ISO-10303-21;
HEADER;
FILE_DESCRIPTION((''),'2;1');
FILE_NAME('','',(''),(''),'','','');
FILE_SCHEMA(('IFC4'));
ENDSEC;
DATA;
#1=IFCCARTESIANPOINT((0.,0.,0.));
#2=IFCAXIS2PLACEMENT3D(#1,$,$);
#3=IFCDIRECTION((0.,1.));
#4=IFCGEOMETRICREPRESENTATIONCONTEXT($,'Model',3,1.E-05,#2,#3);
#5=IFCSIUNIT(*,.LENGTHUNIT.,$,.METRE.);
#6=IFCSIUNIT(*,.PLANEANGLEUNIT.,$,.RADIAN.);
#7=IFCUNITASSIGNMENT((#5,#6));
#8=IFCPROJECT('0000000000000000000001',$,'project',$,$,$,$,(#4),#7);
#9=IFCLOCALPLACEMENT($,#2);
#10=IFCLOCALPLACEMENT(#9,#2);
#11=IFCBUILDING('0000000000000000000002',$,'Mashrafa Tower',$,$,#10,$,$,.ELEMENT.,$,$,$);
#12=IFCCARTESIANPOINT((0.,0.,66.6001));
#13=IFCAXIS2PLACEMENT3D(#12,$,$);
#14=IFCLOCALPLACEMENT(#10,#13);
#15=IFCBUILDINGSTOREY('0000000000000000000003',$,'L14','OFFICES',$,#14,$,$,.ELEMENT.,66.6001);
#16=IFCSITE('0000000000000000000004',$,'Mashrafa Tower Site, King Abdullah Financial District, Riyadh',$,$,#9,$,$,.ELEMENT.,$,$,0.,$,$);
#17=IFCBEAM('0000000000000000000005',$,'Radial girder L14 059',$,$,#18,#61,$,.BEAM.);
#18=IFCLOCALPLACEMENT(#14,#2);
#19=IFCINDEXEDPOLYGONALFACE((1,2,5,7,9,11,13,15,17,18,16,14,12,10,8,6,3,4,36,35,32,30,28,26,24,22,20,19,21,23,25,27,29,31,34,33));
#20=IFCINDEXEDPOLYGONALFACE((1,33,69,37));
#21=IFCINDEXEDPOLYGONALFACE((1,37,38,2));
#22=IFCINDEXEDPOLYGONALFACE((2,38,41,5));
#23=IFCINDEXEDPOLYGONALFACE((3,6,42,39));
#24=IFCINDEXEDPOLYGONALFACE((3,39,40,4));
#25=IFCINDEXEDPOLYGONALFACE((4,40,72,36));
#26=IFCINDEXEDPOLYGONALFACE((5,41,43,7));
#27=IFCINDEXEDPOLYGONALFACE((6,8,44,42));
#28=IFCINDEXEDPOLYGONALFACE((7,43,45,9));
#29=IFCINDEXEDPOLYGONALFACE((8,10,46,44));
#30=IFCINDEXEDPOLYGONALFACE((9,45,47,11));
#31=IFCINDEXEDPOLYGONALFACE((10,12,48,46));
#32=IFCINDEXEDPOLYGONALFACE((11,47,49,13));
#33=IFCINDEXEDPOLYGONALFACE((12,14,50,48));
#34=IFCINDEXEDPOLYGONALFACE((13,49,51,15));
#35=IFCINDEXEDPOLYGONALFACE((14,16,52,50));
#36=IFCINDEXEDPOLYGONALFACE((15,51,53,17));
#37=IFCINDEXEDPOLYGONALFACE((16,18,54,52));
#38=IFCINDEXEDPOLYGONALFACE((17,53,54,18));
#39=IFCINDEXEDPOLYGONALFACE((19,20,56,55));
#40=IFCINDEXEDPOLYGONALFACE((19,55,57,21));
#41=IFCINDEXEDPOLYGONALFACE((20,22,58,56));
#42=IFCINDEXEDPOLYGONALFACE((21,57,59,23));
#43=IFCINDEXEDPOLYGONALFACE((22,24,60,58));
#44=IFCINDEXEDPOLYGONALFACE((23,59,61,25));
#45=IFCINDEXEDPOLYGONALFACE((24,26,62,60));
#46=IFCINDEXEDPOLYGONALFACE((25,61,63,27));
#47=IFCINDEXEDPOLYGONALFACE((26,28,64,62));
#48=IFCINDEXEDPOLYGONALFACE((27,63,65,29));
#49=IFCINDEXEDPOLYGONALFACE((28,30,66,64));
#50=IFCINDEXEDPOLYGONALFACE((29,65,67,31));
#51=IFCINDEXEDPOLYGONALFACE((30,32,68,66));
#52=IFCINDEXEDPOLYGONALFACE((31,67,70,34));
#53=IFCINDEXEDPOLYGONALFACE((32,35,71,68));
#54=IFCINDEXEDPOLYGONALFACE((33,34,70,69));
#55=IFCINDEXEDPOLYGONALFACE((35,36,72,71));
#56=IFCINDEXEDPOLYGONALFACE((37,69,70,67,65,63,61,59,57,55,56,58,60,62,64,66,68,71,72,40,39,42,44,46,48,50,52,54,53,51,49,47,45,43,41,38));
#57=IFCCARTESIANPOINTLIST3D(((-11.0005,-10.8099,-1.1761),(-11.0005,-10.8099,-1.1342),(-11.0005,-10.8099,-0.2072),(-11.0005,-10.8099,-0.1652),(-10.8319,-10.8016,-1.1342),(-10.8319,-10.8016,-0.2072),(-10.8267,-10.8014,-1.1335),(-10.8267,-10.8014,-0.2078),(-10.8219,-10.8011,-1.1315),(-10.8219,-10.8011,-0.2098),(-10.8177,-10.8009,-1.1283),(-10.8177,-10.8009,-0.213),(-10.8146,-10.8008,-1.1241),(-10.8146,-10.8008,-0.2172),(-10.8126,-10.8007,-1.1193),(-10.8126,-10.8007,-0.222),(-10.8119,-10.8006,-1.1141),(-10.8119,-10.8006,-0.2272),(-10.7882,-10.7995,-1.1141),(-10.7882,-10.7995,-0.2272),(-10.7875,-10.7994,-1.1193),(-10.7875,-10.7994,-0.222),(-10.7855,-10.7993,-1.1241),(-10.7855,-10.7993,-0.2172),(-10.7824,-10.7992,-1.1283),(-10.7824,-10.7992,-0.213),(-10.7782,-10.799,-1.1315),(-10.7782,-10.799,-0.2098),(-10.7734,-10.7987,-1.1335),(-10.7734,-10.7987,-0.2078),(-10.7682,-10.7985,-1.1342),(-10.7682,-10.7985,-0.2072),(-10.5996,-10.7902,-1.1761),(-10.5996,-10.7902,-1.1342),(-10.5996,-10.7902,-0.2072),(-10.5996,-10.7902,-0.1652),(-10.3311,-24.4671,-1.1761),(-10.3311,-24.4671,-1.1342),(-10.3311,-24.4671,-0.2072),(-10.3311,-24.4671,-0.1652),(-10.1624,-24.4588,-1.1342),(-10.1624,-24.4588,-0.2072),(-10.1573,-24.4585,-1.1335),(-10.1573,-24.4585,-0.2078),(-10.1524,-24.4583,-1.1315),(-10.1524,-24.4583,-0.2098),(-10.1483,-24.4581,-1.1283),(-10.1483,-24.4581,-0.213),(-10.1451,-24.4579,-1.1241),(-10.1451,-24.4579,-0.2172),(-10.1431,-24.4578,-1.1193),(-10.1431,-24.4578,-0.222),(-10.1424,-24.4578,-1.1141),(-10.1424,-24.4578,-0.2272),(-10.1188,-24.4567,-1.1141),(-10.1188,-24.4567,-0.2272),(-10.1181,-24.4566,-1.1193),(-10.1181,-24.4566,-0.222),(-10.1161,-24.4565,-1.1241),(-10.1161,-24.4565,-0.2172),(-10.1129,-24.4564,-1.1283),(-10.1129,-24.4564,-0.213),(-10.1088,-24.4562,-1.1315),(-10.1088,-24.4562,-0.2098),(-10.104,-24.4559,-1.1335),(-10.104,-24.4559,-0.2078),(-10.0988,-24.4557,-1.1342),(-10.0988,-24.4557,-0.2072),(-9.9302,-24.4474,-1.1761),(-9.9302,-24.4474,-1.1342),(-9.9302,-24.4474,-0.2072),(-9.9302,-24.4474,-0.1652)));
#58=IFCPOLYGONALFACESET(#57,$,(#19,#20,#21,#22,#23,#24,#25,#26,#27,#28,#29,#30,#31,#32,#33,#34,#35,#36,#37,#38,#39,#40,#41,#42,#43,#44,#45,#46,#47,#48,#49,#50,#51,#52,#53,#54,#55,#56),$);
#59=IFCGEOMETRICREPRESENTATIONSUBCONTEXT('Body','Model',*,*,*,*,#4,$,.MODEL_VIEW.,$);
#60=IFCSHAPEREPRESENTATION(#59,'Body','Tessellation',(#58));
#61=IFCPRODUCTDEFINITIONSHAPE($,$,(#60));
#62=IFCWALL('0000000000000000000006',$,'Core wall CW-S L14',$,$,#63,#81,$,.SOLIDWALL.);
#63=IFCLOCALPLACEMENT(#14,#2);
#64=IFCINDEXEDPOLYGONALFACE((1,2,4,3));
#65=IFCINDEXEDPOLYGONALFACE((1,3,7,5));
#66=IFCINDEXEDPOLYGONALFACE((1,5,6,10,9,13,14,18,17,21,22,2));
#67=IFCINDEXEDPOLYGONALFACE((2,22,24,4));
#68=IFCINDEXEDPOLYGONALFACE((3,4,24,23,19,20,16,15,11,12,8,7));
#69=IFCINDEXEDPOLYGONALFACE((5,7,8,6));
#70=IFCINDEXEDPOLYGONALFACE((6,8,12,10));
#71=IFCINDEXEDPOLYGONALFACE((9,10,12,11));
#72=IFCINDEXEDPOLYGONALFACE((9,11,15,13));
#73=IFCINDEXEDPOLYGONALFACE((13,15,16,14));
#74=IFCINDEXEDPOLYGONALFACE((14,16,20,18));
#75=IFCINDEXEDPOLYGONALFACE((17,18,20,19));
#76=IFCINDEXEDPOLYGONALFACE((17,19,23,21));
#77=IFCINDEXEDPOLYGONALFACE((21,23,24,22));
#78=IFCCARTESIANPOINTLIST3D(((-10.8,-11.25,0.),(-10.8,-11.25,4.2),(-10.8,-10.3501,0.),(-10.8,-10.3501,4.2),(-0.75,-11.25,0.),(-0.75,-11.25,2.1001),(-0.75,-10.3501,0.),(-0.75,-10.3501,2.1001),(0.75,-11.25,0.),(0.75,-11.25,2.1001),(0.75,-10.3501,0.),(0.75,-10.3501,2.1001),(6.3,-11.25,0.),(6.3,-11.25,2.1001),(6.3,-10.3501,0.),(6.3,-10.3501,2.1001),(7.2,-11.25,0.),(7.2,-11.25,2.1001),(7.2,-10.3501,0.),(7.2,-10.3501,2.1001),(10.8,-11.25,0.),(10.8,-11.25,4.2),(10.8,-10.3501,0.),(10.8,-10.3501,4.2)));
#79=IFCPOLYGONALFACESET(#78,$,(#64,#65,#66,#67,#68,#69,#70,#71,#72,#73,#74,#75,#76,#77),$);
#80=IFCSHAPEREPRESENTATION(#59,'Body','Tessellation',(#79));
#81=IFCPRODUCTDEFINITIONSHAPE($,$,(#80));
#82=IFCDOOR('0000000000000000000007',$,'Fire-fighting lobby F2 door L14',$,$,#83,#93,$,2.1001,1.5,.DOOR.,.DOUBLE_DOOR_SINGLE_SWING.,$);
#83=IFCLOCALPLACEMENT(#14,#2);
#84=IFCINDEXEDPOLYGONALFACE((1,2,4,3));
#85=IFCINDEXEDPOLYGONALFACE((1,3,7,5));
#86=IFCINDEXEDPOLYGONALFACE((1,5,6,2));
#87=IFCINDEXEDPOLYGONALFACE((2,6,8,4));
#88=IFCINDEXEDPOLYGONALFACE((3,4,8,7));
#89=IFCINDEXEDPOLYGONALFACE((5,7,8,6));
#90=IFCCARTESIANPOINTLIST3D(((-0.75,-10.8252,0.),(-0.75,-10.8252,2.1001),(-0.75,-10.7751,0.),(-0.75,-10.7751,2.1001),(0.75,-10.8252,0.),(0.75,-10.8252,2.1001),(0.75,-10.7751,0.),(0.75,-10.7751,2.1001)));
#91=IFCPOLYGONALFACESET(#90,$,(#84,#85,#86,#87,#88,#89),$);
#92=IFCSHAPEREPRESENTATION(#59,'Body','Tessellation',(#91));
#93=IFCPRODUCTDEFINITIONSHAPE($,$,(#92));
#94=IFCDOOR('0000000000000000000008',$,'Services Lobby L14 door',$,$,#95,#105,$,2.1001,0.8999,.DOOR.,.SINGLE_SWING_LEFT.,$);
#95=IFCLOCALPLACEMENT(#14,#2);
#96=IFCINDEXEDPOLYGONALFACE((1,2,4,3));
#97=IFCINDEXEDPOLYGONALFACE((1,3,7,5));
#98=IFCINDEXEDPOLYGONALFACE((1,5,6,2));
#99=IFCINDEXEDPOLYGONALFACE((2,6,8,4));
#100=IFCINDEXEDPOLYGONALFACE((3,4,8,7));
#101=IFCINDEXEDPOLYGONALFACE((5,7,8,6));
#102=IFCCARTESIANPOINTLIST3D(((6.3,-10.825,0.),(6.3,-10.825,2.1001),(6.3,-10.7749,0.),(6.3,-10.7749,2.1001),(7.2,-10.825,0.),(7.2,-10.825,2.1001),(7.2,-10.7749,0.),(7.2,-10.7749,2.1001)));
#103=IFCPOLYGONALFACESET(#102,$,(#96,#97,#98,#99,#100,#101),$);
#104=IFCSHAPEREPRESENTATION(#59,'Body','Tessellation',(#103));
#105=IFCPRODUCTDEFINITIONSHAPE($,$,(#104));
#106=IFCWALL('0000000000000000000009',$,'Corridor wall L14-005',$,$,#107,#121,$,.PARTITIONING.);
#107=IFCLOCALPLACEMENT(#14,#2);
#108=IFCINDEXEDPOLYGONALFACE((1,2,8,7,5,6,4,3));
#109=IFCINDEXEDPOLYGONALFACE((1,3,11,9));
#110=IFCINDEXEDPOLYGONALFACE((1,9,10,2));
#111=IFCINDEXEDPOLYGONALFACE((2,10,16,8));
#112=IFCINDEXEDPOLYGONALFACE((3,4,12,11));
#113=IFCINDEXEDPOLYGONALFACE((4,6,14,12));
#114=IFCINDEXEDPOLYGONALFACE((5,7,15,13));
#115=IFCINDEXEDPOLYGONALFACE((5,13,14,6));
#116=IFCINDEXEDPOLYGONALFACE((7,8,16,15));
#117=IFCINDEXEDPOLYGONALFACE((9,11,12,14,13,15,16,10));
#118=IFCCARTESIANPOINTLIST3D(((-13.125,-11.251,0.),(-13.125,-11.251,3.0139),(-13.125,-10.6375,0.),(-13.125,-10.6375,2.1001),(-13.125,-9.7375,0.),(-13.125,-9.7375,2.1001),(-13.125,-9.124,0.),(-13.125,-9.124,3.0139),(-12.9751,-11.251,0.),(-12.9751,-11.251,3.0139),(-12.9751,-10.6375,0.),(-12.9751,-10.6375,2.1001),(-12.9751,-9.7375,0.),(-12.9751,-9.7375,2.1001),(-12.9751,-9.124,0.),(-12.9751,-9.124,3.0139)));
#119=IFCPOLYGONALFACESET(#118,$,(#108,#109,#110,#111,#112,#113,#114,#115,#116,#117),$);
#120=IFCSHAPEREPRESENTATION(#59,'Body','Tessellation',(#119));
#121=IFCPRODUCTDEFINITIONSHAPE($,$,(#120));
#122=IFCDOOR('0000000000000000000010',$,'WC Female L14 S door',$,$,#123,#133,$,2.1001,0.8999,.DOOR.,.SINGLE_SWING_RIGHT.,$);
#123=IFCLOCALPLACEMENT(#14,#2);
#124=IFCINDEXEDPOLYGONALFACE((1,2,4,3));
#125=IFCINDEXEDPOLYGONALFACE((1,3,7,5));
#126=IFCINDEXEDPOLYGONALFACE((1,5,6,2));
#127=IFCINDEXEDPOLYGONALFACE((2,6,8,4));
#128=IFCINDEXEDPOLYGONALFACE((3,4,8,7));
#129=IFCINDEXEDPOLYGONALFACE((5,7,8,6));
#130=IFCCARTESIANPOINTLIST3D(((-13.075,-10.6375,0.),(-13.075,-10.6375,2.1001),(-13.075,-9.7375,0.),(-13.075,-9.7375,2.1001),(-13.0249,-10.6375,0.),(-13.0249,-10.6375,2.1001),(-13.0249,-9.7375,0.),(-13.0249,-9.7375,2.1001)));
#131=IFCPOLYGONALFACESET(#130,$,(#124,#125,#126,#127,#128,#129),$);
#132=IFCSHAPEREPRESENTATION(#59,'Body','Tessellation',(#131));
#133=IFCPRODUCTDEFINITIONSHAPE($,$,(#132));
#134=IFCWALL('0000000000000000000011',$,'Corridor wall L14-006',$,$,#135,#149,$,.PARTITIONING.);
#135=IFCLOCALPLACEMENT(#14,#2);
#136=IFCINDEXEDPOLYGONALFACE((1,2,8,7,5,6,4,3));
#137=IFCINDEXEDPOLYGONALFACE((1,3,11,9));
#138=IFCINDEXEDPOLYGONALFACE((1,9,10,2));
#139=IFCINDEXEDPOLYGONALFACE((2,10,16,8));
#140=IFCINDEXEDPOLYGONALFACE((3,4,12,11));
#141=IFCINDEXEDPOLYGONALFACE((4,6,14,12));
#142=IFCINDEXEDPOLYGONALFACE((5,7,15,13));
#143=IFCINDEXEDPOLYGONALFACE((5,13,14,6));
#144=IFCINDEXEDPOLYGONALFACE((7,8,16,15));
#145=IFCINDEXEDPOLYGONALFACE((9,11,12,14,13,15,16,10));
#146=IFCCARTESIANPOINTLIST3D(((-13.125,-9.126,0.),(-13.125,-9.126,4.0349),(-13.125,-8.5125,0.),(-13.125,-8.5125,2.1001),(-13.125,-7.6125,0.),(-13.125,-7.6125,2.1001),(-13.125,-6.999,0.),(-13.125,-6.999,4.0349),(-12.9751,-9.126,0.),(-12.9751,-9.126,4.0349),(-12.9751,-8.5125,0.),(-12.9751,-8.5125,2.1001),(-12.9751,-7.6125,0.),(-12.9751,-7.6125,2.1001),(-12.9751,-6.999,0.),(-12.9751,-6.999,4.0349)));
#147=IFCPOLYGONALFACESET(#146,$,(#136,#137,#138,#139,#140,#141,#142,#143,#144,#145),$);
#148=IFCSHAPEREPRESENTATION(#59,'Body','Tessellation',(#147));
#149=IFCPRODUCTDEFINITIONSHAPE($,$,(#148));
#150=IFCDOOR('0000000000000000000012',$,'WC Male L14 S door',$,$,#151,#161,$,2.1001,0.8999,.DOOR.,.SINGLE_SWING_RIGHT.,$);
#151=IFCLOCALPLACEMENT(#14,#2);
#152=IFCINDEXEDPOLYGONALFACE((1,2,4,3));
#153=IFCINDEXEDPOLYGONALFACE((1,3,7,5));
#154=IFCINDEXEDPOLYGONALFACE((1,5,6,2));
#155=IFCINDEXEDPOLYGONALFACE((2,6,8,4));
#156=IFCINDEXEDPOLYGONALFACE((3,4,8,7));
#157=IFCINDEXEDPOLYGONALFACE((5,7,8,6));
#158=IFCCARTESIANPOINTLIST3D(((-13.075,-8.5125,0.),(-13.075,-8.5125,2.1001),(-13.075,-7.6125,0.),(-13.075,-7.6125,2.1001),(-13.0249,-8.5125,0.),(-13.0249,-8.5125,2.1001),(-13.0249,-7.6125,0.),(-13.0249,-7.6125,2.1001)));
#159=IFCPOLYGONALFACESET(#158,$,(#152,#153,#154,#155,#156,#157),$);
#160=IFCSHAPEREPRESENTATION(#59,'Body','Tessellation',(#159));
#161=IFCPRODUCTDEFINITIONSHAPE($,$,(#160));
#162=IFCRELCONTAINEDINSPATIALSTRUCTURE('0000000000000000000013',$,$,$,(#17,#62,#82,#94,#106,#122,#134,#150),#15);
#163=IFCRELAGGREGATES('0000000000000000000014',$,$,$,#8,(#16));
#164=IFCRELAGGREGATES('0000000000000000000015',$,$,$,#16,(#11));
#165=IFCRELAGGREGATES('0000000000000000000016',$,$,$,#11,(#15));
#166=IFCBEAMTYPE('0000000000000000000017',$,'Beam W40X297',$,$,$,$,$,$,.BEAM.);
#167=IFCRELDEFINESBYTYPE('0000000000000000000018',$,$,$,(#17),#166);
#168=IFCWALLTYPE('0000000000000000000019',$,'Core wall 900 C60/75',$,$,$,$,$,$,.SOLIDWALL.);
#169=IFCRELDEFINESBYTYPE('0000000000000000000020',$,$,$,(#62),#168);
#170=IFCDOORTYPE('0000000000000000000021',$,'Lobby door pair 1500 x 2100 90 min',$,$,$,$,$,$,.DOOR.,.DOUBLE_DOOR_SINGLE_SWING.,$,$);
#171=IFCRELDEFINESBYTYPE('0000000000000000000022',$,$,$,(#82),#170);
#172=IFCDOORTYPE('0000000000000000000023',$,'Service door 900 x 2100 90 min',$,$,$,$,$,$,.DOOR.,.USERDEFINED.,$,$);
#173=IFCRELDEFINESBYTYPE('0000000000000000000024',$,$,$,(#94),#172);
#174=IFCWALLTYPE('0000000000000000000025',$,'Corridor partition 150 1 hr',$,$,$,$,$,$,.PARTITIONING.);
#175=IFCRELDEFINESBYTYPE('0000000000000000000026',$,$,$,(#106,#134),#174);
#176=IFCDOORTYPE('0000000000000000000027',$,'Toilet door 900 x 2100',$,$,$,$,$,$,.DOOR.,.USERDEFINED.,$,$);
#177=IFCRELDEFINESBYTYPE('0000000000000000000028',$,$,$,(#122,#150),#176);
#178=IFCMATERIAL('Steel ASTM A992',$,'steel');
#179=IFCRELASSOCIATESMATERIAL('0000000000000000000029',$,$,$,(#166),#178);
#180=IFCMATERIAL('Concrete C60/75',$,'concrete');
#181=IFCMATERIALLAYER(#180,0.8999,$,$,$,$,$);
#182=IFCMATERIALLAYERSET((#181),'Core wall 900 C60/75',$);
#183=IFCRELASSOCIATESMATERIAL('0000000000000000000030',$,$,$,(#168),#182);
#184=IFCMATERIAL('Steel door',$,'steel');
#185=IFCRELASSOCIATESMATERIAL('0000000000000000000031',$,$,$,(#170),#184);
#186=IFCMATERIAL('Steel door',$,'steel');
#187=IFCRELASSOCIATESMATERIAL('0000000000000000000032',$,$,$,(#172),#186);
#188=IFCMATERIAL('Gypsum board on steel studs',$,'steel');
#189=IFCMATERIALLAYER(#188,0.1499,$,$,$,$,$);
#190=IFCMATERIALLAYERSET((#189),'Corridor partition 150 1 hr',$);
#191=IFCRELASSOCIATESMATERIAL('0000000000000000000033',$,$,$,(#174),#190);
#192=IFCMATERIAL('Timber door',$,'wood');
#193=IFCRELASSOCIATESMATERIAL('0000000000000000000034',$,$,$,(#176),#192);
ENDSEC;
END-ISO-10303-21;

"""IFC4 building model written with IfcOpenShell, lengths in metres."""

from ifc_helpers import new_model, si_unit, direction, frame, frame_2d, origin, origin_2d, place, context, subcontext, project, spatial, rectangle, i_section, extrude, material, layer, layer_set, material_profile, profile_set, type_object, element, fill, save


model = new_model("IFC4")

# Units and contexts
model_context = context("Model", 3, precision=1e-05, world=origin(), true_north=direction((0.0, 1.0)))
body_context = subcontext(model_context, "Body", "Model", "MODEL_VIEW")
ifc_project = project(units=[si_unit("LENGTHUNIT", "METRE"), si_unit("PLANEANGLEUNIT", "RADIAN")], contexts=[model_context])

# Site, building, storey
site_placement = place(None, origin())
site = spatial("IfcSite", under=ifc_project, at=site_placement, Name="Mashrafa Tower Site, King Abdullah Financial District, Riyadh", CompositionType="ELEMENT", RefElevation=0.0)
building_placement = place(site_placement, origin())
building = spatial("IfcBuilding", under=site, at=building_placement, Name="Mashrafa Tower", CompositionType="ELEMENT")
storey_placement = place(building_placement, frame((0.0, 0.0, 66.6001)))
storey = spatial("IfcBuildingStorey", under=building, at=storey_placement, Name="L14", Description="OFFICES", CompositionType="ELEMENT", Elevation=66.6001)

# Beam
ifc_material_1 = material(Name="Steel ASTM A992", Category="steel")
ifc_material_profile_1 = material_profile(ifc_material_1, i_section(OverallWidth=0.4014, OverallDepth=1.011, WebThickness=0.0237, FlangeThickness=0.042, FilletRadius=0.02, at=origin_2d()), Name="W40X297")
ifc_profile_set_1 = profile_set([ifc_material_profile_1], Name="Steel ASTM A992")
beam_type_1 = type_object("IfcBeamType", Name="Beam W40X297", PredefinedType="BEAM", material=ifc_profile_set_1)
for number, where, z_axis, x_axis, name in (
    (1, (-10.8, -10.8, -0.6707), (0.048958, -0.998801, 0.0), (0.998801, 0.048958, 0.0), "Radial girder L14 059"),
):
    element("IfcBeam", number, at=place(storey_placement, frame(where, z_axis=z_axis, x_axis=x_axis)), inside=storey, type_object=beam_type_1, Name=name, PredefinedType="BEAM", context=body_context, shape_type="SweptSolid", body=[
        extrude(i_section(OverallWidth=0.4014, OverallDepth=1.011, WebThickness=0.0237, FlangeThickness=0.042, FilletRadius=0.02, at=origin_2d()), origin(), (0.0, 0.0, 1.0), 13.6736),
    ])

# Wall, openings, doors
ifc_material_2 = material(Name="Concrete C60/75", Category="concrete")
ifc_layer_1 = layer(ifc_material_2, 0.8999)
ifc_layer_set_1 = layer_set([ifc_layer_1], Name="Core wall 900 C60/75")
wall_type_1 = type_object("IfcWallType", Name="Core wall 900 C60/75", PredefinedType="SOLIDWALL", material=ifc_layer_set_1)
wall_1_placement = place(storey_placement, frame((-10.8, -10.8, 0.0), z_axis=(0.0, 0.0, 1.0), x_axis=(1.0, 0.0, 0.0)))
wall_1 = element("IfcWall", 2, at=wall_1_placement, inside=storey, type_object=wall_type_1, Name="Core wall CW-S L14", PredefinedType="SOLIDWALL", context=body_context, shape_type="SweptSolid", body=[
    extrude(rectangle(XDim=21.6001, YDim=0.8999, at=frame_2d((10.8, 0.0))), origin(), (0.0, 0.0, 1.0), 4.2),
])
opening_1_placement = place(wall_1_placement, frame((10.05, 0.0, 0.0)))
opening_1 = element("IfcOpeningElement", 3, at=opening_1_placement, cuts=wall_1, PredefinedType="OPENING", context=body_context, shape_type="SweptSolid", body=[
    extrude(rectangle(XDim=1.5, YDim=2.1001, at=frame_2d((0.75, 1.05))), frame((0.0, 0.46, 0.0), z_axis=(0.0, -1.0, 0.0), x_axis=(1.0, 0.0, 0.0)), (0.0, 0.0, 1.0), 0.9199),
])
opening_2_placement = place(wall_1_placement, frame((17.1001, 0.0, 0.0)))
opening_2 = element("IfcOpeningElement", 4, at=opening_2_placement, cuts=wall_1, PredefinedType="OPENING", context=body_context, shape_type="SweptSolid", body=[
    extrude(rectangle(XDim=0.8999, YDim=2.1001, at=frame_2d((0.45, 1.05))), frame((0.0, 0.46, 0.0), z_axis=(0.0, -1.0, 0.0), x_axis=(1.0, 0.0, 0.0)), (0.0, 0.0, 1.0), 0.9199),
])
ifc_material_3 = material(Name="Steel door", Category="steel")
door_type_1 = type_object("IfcDoorType", Name="Lobby door pair 1500 x 2100 90 min", OperationType="DOUBLE_DOOR_SINGLE_SWING", PredefinedType="DOOR", material=ifc_material_3)
door_1_placement = place(opening_1_placement, origin())
door_1 = element("IfcDoor", 5, at=door_1_placement, inside=storey, type_object=door_type_1, Name="Fire-fighting lobby F2 door L14", OperationType="DOUBLE_DOOR_SINGLE_SWING", OverallHeight=2.1001, OverallWidth=1.5, PredefinedType="DOOR", context=body_context, shape_type="SweptSolid", body=[
    extrude(rectangle(XDim=1.5, YDim=2.1001, at=frame_2d((0.75, 1.05))), frame((0.0, 0.0249, 0.0), z_axis=(0.0, -1.0, 0.0), x_axis=(1.0, 0.0, 0.0)), (0.0, 0.0, 1.0), 0.05),
])
fill(opening_1, door_1)
ifc_material_4 = material(Name="Steel door", Category="steel")
door_type_2 = type_object("IfcDoorType", Name="Service door 900 x 2100 90 min", OperationType="USERDEFINED", PredefinedType="DOOR", material=ifc_material_4)
door_2_placement = place(opening_2_placement, frame((0.8999, 0.0, 0.0), z_axis=(0.0, 0.0, 1.0), x_axis=(-1.0, 0.0, 0.0)))
door_2 = element("IfcDoor", 6, at=door_2_placement, inside=storey, type_object=door_type_2, Name="Services Lobby L14 door", OperationType="SINGLE_SWING_LEFT", OverallHeight=2.1001, OverallWidth=0.8999, PredefinedType="DOOR", context=body_context, shape_type="SweptSolid", body=[
    extrude(rectangle(XDim=0.8999, YDim=2.1001, at=frame_2d((0.45, 1.05))), frame((0.0, 0.0249, 0.0), z_axis=(0.0, -1.0, 0.0), x_axis=(1.0, 0.0, 0.0)), (0.0, 0.0, 1.0), 0.05),
])
fill(opening_2, door_2)

# Walls, openings, doors
ifc_material_5 = material(Name="Gypsum board on steel studs", Category="steel")
ifc_layer_2 = layer(ifc_material_5, 0.1499)
ifc_layer_set_2 = layer_set([ifc_layer_2], Name="Corridor partition 150 1 hr")
wall_type_2 = type_object("IfcWallType", Name="Corridor partition 150 1 hr", PredefinedType="PARTITIONING", material=ifc_layer_set_2)
wall_2_placement = place(storey_placement, frame((-13.05, -9.124, 0.0), z_axis=(0.0, 0.0, 1.0), x_axis=(0.0, -1.0, 0.0)))
wall_2 = element("IfcWall", 7, at=wall_2_placement, inside=storey, type_object=wall_type_2, Name="Corridor wall L14-005", PredefinedType="PARTITIONING", context=body_context, shape_type="SweptSolid", body=[
    extrude(rectangle(XDim=2.127, YDim=0.1499, at=frame_2d((1.0635, 0.0))), origin(), (0.0, 0.0, 1.0), 3.0139),
])
opening_3_placement = place(wall_2_placement, frame((0.6135, 0.0, 0.0)))
opening_3 = element("IfcOpeningElement", 8, at=opening_3_placement, cuts=wall_2, PredefinedType="OPENING", context=body_context, shape_type="SweptSolid", body=[
    extrude(rectangle(XDim=0.8999, YDim=2.1001, at=frame_2d((0.45, 1.05))), frame((0.0, 0.085, 0.0), z_axis=(0.0, -1.0, 0.0), x_axis=(1.0, 0.0, 0.0)), (0.0, 0.0, 1.0), 0.1699),
])
ifc_material_6 = material(Name="Timber door", Category="wood")
door_type_3 = type_object("IfcDoorType", Name="Toilet door 900 x 2100", OperationType="USERDEFINED", PredefinedType="DOOR", material=ifc_material_6)
door_3_placement = place(opening_3_placement, frame((0.8999, 0.0, 0.0), z_axis=(0.0, 0.0, 1.0), x_axis=(-1.0, 0.0, 0.0)))
door_3 = element("IfcDoor", 9, at=door_3_placement, inside=storey, type_object=door_type_3, Name="WC Female L14 S door", OperationType="SINGLE_SWING_RIGHT", OverallHeight=2.1001, OverallWidth=0.8999, PredefinedType="DOOR", context=body_context, shape_type="SweptSolid", body=[
    extrude(rectangle(XDim=0.8999, YDim=2.1001, at=frame_2d((0.45, 1.05))), frame((0.0, 0.0249, 0.0), z_axis=(0.0, -1.0, 0.0), x_axis=(1.0, 0.0, 0.0)), (0.0, 0.0, 1.0), 0.05),
])
fill(opening_3, door_3)
wall_3_placement = place(storey_placement, frame((-13.05, -6.999, 0.0), z_axis=(0.0, 0.0, 1.0), x_axis=(0.0, -1.0, 0.0)))
wall_3 = element("IfcWall", 10, at=wall_3_placement, inside=storey, type_object=wall_type_2, Name="Corridor wall L14-006", PredefinedType="PARTITIONING", context=body_context, shape_type="SweptSolid", body=[
    extrude(rectangle(XDim=2.127, YDim=0.1499, at=frame_2d((1.0635, 0.0))), origin(), (0.0, 0.0, 1.0), 4.0349),
])
opening_4_placement = place(wall_3_placement, frame((0.6135, 0.0, 0.0)))
opening_4 = element("IfcOpeningElement", 11, at=opening_4_placement, cuts=wall_3, PredefinedType="OPENING", context=body_context, shape_type="SweptSolid", body=[
    extrude(rectangle(XDim=0.8999, YDim=2.1001, at=frame_2d((0.45, 1.05))), frame((0.0, 0.085, 0.0), z_axis=(0.0, -1.0, 0.0), x_axis=(1.0, 0.0, 0.0)), (0.0, 0.0, 1.0), 0.1699),
])
door_4_placement = place(opening_4_placement, frame((0.8999, 0.0, 0.0), z_axis=(0.0, 0.0, 1.0), x_axis=(-1.0, 0.0, 0.0)))
door_4 = element("IfcDoor", 12, at=door_4_placement, inside=storey, type_object=door_type_3, Name="WC Male L14 S door", OperationType="SINGLE_SWING_RIGHT", OverallHeight=2.1001, OverallWidth=0.8999, PredefinedType="DOOR", context=body_context, shape_type="SweptSolid", body=[
    extrude(rectangle(XDim=0.8999, YDim=2.1001, at=frame_2d((0.45, 1.05))), frame((0.0, 0.0249, 0.0), z_axis=(0.0, -1.0, 0.0), x_axis=(1.0, 0.0, 0.0)), (0.0, 0.0, 1.0), 0.05),
])
fill(opening_4, door_4)

save(model, "model.ifc")
